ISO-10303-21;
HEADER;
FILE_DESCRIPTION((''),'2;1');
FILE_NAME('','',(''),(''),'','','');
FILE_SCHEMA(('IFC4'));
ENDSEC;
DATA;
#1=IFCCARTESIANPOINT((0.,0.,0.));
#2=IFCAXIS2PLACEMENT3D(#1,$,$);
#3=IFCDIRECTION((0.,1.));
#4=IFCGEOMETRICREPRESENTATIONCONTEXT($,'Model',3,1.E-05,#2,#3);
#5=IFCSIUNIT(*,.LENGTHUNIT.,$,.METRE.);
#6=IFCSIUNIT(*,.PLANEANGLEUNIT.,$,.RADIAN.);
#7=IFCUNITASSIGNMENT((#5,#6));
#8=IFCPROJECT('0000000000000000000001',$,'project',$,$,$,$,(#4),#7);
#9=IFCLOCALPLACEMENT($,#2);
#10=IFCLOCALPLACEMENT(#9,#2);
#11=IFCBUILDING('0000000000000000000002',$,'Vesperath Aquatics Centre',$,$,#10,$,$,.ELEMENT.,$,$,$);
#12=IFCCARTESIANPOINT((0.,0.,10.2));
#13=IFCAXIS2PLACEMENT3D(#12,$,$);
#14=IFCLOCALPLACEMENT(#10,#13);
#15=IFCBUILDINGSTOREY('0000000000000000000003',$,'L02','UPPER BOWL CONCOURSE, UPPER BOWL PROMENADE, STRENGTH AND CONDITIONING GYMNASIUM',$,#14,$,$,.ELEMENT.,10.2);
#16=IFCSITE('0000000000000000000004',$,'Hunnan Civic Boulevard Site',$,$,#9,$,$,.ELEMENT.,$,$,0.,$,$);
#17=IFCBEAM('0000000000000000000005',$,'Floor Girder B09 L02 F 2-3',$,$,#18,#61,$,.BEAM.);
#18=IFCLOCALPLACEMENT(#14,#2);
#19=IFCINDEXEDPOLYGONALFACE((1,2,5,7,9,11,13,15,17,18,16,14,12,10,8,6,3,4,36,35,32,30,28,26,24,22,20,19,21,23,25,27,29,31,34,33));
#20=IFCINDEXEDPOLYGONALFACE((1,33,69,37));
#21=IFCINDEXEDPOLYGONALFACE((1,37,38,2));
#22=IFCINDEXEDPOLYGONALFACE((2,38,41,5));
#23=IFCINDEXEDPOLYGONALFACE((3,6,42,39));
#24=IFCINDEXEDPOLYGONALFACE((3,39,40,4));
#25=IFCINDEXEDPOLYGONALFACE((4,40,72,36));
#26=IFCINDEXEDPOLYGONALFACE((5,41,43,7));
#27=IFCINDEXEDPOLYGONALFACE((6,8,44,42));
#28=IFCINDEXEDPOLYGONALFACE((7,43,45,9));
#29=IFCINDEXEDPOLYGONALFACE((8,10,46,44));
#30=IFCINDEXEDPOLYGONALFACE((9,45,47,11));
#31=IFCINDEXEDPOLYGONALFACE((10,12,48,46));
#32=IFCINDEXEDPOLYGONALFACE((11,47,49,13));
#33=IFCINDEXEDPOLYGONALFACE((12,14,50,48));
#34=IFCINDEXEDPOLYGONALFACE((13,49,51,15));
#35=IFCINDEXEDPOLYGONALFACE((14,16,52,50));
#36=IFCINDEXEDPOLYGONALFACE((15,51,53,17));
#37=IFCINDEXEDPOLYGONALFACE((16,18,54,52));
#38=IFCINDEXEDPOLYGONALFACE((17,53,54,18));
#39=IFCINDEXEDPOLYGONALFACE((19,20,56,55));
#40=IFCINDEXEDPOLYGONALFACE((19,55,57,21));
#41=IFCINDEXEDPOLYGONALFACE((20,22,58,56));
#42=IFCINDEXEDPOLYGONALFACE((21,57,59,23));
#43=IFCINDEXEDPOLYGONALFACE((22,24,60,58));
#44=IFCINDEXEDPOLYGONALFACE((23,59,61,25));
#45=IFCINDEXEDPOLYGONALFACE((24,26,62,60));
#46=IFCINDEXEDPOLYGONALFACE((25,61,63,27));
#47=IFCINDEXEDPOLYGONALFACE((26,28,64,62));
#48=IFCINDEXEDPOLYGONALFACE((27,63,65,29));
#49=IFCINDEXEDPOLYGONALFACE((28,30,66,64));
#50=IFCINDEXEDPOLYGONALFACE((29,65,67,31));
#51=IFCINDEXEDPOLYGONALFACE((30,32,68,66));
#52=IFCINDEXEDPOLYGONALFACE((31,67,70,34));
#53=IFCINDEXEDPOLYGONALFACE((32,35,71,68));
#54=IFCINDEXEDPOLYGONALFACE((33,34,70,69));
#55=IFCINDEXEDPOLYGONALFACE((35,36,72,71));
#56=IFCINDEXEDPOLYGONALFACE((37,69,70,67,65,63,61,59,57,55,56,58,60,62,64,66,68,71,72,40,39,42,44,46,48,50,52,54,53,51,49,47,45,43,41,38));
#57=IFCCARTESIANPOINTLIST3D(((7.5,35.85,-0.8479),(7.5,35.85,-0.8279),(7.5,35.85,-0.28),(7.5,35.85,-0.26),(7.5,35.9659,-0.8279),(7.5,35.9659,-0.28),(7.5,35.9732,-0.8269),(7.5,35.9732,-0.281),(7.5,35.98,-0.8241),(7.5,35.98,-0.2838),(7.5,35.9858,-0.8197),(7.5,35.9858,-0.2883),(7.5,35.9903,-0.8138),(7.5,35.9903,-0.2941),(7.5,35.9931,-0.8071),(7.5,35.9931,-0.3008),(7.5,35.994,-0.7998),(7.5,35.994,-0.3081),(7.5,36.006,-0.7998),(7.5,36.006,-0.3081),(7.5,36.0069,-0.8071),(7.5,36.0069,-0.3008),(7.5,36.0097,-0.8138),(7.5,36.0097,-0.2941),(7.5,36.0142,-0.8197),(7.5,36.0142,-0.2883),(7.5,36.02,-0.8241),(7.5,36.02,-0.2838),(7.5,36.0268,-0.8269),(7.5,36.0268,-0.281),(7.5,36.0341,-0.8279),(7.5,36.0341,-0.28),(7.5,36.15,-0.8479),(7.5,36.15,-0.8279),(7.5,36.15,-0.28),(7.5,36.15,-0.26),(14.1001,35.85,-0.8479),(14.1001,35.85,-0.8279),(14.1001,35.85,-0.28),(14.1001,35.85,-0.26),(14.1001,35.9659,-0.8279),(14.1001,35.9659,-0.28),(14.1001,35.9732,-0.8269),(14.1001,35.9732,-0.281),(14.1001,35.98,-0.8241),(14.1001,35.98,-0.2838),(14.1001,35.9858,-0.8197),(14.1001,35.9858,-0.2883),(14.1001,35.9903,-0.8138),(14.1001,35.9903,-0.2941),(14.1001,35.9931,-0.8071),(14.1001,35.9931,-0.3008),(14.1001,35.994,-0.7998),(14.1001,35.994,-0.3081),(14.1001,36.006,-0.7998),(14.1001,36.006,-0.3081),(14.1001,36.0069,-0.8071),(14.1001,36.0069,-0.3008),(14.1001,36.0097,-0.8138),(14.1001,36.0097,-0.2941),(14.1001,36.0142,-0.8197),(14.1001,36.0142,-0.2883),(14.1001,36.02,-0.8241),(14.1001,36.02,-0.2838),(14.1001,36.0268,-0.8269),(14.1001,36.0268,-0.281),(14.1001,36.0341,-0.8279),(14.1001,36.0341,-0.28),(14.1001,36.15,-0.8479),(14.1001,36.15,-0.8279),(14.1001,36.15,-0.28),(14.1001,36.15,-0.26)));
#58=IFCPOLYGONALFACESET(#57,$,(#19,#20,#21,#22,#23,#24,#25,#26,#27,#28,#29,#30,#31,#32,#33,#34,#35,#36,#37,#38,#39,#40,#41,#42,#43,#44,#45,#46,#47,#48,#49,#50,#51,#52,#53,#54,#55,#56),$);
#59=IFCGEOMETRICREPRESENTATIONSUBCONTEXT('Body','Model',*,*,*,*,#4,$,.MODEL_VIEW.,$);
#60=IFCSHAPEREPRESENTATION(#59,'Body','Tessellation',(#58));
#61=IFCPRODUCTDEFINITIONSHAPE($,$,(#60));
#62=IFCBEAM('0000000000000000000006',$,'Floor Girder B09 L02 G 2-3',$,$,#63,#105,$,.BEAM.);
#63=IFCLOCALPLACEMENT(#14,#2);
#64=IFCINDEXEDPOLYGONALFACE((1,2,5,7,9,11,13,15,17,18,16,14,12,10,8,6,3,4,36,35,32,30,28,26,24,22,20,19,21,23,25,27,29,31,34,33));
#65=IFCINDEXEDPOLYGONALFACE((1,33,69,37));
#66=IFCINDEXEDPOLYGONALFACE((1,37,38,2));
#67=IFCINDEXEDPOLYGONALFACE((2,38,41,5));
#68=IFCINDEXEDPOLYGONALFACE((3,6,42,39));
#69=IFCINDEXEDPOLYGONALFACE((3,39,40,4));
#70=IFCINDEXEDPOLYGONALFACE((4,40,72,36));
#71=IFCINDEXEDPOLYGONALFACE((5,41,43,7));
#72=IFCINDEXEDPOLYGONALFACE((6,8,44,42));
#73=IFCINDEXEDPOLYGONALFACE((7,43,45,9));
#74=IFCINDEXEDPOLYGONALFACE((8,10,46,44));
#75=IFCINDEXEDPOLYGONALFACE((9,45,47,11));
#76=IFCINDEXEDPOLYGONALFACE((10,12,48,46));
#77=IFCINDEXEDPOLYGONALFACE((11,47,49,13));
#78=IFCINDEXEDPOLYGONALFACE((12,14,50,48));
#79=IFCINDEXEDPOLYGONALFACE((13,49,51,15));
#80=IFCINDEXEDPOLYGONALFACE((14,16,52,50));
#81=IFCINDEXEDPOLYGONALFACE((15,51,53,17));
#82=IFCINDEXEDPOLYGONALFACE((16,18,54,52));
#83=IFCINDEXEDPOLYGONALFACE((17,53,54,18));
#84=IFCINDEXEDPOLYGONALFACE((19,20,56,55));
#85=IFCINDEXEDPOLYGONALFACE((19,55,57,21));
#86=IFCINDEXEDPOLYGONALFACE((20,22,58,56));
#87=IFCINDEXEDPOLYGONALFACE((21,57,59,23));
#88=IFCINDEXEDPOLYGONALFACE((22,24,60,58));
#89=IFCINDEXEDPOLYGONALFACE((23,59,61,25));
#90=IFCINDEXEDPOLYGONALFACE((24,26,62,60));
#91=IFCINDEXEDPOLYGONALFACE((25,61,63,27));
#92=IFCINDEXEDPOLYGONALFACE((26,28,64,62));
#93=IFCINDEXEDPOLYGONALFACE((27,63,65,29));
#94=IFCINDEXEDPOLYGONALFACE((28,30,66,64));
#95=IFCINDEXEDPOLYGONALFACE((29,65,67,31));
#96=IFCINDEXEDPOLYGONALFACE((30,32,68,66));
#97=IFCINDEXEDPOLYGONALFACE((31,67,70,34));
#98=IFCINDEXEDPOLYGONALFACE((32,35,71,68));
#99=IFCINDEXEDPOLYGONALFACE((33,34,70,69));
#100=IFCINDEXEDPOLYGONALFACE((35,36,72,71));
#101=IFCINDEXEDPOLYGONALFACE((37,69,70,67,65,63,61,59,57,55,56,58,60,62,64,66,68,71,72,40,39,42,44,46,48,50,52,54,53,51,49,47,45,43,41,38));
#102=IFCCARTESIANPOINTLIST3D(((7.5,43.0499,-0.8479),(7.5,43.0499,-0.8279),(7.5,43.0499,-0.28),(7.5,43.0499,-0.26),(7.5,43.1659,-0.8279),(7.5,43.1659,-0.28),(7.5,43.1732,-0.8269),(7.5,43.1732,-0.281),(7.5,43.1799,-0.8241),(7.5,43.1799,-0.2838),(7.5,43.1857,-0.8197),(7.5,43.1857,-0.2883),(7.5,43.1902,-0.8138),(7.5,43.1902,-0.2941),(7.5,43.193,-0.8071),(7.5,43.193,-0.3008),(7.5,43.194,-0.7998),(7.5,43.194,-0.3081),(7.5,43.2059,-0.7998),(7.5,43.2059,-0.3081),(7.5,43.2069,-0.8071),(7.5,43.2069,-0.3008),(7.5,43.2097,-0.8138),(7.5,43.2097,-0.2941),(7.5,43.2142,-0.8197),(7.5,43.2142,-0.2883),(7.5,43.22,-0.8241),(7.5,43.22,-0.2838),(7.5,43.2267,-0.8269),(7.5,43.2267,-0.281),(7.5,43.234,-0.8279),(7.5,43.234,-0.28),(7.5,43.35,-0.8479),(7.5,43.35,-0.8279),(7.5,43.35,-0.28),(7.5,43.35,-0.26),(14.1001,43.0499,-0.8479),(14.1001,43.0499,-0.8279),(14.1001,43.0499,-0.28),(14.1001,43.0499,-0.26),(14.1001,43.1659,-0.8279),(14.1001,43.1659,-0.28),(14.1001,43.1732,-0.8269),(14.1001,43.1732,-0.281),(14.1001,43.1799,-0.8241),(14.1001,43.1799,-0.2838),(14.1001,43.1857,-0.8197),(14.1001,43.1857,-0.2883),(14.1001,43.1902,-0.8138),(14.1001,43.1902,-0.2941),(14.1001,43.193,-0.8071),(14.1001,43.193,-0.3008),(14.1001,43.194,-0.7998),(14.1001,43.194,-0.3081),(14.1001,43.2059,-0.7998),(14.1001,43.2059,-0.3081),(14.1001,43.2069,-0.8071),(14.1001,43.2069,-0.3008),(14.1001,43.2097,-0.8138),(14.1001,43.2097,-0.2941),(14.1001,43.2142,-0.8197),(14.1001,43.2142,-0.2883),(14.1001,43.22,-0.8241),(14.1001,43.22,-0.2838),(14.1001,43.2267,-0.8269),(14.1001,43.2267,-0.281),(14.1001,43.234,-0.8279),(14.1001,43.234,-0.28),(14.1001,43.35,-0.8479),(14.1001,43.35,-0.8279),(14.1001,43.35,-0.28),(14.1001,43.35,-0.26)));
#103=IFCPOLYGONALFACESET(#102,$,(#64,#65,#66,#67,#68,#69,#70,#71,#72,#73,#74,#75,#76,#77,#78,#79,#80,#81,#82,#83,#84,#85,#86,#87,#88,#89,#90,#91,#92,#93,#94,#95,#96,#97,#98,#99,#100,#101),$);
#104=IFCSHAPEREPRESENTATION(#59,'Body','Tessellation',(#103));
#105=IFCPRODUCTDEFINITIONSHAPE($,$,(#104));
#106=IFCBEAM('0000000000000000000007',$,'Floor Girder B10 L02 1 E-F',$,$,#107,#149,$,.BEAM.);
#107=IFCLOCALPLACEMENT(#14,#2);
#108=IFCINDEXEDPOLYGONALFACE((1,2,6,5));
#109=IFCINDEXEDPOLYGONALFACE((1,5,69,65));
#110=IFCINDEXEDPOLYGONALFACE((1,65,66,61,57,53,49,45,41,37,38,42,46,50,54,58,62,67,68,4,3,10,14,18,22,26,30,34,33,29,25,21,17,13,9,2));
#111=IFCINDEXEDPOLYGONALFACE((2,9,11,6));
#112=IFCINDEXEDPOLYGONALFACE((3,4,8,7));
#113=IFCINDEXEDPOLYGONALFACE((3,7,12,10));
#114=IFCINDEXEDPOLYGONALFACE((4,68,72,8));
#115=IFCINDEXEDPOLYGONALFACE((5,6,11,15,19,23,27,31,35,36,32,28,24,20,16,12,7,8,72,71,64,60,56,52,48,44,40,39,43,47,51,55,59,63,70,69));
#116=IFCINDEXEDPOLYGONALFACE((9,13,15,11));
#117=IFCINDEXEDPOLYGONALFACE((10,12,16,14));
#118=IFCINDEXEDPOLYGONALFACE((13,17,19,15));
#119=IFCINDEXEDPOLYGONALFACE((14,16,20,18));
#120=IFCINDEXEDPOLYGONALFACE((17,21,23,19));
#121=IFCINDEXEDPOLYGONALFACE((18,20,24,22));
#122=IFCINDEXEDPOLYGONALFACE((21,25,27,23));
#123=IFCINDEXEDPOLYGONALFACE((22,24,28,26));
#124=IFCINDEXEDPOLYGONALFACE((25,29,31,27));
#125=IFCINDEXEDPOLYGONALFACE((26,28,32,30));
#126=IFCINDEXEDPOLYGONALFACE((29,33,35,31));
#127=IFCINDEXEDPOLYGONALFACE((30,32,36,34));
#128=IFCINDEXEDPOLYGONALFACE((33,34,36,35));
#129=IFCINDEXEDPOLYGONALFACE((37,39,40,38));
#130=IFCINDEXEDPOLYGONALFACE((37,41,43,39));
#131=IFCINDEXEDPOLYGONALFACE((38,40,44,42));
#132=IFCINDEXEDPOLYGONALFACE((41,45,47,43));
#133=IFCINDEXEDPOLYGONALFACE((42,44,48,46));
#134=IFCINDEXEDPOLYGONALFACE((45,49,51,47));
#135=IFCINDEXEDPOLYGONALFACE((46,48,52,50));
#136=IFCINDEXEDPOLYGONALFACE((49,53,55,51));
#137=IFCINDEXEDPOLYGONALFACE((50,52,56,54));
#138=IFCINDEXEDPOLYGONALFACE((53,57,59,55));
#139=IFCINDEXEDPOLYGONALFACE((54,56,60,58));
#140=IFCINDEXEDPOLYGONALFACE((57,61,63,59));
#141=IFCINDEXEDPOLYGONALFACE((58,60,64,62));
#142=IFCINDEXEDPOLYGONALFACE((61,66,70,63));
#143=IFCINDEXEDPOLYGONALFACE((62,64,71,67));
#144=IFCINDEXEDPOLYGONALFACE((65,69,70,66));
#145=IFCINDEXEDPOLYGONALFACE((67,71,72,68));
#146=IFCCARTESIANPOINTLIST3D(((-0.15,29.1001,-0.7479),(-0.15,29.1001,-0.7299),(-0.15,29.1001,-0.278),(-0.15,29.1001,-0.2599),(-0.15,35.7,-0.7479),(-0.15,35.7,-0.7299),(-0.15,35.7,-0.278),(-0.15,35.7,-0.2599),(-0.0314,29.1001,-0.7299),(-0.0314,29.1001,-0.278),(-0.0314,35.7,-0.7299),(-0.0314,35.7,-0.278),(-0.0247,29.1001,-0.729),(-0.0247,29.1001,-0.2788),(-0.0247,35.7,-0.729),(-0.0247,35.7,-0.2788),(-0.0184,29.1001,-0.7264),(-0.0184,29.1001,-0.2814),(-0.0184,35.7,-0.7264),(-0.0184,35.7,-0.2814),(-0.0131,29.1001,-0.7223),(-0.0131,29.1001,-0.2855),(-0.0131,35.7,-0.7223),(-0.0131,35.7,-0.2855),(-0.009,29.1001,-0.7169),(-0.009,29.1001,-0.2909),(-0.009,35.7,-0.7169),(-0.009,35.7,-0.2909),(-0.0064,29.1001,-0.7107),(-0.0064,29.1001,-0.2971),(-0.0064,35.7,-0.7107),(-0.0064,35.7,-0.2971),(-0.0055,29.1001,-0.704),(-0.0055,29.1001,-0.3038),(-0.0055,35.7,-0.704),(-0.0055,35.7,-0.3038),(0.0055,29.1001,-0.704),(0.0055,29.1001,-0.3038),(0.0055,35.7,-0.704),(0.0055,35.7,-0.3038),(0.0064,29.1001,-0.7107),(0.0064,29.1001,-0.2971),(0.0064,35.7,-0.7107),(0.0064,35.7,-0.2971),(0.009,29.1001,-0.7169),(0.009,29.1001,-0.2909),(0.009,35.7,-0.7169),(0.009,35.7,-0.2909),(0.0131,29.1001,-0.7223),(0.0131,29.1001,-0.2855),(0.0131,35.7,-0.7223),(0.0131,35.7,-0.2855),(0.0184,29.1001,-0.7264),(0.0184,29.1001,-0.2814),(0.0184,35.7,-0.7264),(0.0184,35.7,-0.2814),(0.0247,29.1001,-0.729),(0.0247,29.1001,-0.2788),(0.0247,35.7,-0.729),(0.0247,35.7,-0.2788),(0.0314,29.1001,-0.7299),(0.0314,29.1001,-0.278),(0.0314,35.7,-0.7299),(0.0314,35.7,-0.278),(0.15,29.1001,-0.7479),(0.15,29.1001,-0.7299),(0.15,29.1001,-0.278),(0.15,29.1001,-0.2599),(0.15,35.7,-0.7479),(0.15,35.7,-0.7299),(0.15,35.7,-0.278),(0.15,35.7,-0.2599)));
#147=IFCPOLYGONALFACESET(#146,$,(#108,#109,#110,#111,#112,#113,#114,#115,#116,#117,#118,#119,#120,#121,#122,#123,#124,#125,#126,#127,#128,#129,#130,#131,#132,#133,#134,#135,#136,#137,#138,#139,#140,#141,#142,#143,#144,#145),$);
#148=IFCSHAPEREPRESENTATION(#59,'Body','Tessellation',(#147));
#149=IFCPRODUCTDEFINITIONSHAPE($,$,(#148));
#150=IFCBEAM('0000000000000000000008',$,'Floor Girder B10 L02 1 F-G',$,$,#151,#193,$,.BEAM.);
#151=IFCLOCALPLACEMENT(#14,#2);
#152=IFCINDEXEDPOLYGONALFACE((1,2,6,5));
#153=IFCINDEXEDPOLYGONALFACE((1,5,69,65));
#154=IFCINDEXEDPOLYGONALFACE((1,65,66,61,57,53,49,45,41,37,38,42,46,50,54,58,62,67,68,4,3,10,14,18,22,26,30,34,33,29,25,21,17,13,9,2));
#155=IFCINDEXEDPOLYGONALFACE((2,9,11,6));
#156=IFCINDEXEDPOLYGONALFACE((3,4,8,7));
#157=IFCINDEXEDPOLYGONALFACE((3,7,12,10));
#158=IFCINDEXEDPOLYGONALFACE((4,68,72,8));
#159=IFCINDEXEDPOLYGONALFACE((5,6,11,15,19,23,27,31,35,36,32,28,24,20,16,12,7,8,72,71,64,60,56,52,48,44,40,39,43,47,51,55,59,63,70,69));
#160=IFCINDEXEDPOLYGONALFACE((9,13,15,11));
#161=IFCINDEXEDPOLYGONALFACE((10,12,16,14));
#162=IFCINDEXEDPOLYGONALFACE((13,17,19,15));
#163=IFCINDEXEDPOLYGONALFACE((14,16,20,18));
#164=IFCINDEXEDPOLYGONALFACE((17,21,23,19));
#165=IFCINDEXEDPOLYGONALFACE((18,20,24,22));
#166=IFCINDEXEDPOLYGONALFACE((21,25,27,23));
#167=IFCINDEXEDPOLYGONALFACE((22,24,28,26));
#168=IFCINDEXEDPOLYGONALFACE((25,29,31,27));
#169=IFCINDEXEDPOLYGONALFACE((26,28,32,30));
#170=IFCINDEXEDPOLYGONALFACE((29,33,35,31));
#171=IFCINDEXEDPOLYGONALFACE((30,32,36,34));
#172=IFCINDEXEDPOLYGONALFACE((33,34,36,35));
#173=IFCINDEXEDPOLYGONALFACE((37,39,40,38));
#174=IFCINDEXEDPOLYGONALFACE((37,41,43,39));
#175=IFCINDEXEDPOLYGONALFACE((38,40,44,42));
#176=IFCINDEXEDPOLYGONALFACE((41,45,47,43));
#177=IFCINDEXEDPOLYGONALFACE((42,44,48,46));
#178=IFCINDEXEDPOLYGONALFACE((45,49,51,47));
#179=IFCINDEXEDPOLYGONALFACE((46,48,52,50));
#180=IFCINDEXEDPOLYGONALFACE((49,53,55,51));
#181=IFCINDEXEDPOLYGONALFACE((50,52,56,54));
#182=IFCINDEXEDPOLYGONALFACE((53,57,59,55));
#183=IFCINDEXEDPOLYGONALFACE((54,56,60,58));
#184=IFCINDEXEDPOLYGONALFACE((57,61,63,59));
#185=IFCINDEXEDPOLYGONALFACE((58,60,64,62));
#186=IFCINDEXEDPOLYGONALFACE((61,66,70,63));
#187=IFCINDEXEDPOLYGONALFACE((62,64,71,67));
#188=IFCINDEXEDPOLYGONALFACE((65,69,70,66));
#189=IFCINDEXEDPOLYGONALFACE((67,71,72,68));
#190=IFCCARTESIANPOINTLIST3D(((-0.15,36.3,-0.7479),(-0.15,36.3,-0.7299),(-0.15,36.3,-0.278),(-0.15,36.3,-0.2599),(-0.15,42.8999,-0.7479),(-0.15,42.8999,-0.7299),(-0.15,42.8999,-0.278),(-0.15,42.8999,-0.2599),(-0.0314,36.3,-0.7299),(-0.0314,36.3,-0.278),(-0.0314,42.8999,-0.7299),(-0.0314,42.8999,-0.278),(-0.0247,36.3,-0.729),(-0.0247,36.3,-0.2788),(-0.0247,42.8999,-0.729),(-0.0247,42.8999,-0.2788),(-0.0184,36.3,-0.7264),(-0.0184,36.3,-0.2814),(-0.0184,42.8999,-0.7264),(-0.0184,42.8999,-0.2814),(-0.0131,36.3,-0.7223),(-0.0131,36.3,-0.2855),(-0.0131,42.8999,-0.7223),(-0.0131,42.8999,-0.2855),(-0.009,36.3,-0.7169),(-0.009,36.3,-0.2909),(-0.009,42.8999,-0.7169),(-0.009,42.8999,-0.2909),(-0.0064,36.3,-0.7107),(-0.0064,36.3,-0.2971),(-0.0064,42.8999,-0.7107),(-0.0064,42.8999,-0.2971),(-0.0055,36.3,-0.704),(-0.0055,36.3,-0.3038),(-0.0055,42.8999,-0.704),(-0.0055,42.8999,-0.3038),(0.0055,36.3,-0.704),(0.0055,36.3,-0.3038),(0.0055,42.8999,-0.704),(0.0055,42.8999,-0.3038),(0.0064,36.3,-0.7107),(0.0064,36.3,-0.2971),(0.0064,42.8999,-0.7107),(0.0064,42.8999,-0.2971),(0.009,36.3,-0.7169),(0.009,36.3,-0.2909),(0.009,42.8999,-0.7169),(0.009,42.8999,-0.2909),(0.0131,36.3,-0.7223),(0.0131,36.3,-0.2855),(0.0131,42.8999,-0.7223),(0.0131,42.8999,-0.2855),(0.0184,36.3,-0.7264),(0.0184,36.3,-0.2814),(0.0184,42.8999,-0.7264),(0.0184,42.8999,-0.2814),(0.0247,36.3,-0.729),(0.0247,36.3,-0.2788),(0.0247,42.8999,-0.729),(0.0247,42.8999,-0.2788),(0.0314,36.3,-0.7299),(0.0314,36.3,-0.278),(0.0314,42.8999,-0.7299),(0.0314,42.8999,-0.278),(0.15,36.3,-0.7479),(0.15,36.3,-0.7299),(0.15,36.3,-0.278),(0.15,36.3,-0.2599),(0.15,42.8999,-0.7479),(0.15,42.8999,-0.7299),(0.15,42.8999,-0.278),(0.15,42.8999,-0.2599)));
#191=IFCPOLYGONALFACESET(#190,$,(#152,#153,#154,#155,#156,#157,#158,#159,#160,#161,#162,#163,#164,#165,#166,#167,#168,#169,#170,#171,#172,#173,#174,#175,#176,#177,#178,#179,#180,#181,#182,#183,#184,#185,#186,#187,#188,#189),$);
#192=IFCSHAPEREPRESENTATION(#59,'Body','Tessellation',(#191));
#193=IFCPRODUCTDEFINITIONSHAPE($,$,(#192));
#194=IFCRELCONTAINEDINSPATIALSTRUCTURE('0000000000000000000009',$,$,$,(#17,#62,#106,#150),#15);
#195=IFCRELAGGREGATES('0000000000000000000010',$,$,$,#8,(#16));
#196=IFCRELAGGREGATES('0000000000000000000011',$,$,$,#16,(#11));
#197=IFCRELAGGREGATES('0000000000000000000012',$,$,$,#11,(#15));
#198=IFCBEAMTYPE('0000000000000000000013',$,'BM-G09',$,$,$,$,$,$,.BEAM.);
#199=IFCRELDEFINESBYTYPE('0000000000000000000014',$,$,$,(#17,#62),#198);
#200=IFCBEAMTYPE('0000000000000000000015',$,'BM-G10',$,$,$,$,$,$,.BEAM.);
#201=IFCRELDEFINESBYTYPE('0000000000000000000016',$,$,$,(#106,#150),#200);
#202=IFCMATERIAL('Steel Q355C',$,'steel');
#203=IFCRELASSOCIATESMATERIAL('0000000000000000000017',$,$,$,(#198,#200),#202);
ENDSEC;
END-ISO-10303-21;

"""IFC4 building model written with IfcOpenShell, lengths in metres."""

from ifc_helpers import new_model, si_unit, direction, frame, origin, origin_2d, place, context, subcontext, project, spatial, i_section, extrude, material, material_profile, profile_set, type_object, element, save


model = new_model("IFC4")

# Units and contexts
model_context = context("Model", 3, precision=1e-05, world=origin(), true_north=direction((0.0, 1.0)))
body_context = subcontext(model_context, "Body", "Model", "MODEL_VIEW")
ifc_project = project(units=[si_unit("LENGTHUNIT", "METRE"), si_unit("PLANEANGLEUNIT", "RADIAN")], contexts=[model_context])

# Site, building, storey
site_placement = place(None, origin())
site = spatial("IfcSite", under=ifc_project, at=site_placement, Name="Hunnan Civic Boulevard Site", CompositionType="ELEMENT", RefElevation=0.0)
building_placement = place(site_placement, origin())
building = spatial("IfcBuilding", under=site, at=building_placement, Name="Vesperath Aquatics Centre", CompositionType="ELEMENT")
storey_placement = place(building_placement, frame((0.0, 0.0, 10.2)))
storey = spatial("IfcBuildingStorey", under=building, at=storey_placement, Name="L02", Description="UPPER BOWL CONCOURSE, UPPER BOWL PROMENADE, STRENGTH AND CONDITIONING GYMNASIUM", CompositionType="ELEMENT", Elevation=10.2)

# Beams
ifc_material_1 = material(Name="Steel Q355C", Category="steel")
ifc_material_profile_1 = material_profile(ifc_material_1, i_section(OverallWidth=0.3, OverallDepth=0.5879, WebThickness=0.012, FlangeThickness=0.02, FilletRadius=0.0281, at=origin_2d()), Name="HM 588x300x12x20")
ifc_profile_set_1 = profile_set([ifc_material_profile_1], Name="Steel Q355C")
beam_type_1 = type_object("IfcBeamType", Name="BM-G09", PredefinedType="BEAM", material=ifc_profile_set_1)
for number, where, z_axis, x_axis, name in (
    (1, (7.5, 36.0, -0.554), (1.0, 0.0, 0.0), (0.0, 1.0, 0.0), "Floor Girder B09 L02 F 2-3"),
    (2, (7.5, 43.2, -0.554), (1.0, 0.0, 0.0), (0.0, 1.0, 0.0), "Floor Girder B09 L02 G 2-3"),
):
    element("IfcBeam", number, at=place(storey_placement, frame(where, z_axis=z_axis, x_axis=x_axis)), inside=storey, type_object=beam_type_1, Name=name, PredefinedType="BEAM", context=body_context, shape_type="SweptSolid", body=[
        extrude(i_section(OverallWidth=0.3, OverallDepth=0.5879, WebThickness=0.012, FlangeThickness=0.02, FilletRadius=0.0281, at=origin_2d()), origin(), (0.0, 0.0, 1.0), 6.6001),
    ])
ifc_material_profile_2 = material_profile(ifc_material_1, i_section(OverallWidth=0.3, OverallDepth=0.488, WebThickness=0.011, FlangeThickness=0.0181, FilletRadius=0.0259, at=origin_2d()), Name="HM 488x300x11x18")
ifc_profile_set_2 = profile_set([ifc_material_profile_2], Name="Steel Q355C")
beam_type_2 = type_object("IfcBeamType", Name="BM-G10", PredefinedType="BEAM", material=ifc_profile_set_2)
for number, where, z_axis, x_axis, name in (
    (3, (0.0, 29.1001, -0.5039), (0.0, 1.0, 0.0), (-1.0, 0.0, 0.0), "Floor Girder B10 L02 1 E-F"),
    (4, (0.0, 36.3, -0.5039), (0.0, 1.0, 0.0), (-1.0, 0.0, 0.0), "Floor Girder B10 L02 1 F-G"),
):
    element("IfcBeam", number, at=place(storey_placement, frame(where, z_axis=z_axis, x_axis=x_axis)), inside=storey, type_object=beam_type_2, Name=name, PredefinedType="BEAM", context=body_context, shape_type="SweptSolid", body=[
        extrude(i_section(OverallWidth=0.3, OverallDepth=0.488, WebThickness=0.011, FlangeThickness=0.0181, FilletRadius=0.0259, at=origin_2d()), origin(), (0.0, 0.0, 1.0), 6.5999),
    ])

save(model, "model.ifc")
